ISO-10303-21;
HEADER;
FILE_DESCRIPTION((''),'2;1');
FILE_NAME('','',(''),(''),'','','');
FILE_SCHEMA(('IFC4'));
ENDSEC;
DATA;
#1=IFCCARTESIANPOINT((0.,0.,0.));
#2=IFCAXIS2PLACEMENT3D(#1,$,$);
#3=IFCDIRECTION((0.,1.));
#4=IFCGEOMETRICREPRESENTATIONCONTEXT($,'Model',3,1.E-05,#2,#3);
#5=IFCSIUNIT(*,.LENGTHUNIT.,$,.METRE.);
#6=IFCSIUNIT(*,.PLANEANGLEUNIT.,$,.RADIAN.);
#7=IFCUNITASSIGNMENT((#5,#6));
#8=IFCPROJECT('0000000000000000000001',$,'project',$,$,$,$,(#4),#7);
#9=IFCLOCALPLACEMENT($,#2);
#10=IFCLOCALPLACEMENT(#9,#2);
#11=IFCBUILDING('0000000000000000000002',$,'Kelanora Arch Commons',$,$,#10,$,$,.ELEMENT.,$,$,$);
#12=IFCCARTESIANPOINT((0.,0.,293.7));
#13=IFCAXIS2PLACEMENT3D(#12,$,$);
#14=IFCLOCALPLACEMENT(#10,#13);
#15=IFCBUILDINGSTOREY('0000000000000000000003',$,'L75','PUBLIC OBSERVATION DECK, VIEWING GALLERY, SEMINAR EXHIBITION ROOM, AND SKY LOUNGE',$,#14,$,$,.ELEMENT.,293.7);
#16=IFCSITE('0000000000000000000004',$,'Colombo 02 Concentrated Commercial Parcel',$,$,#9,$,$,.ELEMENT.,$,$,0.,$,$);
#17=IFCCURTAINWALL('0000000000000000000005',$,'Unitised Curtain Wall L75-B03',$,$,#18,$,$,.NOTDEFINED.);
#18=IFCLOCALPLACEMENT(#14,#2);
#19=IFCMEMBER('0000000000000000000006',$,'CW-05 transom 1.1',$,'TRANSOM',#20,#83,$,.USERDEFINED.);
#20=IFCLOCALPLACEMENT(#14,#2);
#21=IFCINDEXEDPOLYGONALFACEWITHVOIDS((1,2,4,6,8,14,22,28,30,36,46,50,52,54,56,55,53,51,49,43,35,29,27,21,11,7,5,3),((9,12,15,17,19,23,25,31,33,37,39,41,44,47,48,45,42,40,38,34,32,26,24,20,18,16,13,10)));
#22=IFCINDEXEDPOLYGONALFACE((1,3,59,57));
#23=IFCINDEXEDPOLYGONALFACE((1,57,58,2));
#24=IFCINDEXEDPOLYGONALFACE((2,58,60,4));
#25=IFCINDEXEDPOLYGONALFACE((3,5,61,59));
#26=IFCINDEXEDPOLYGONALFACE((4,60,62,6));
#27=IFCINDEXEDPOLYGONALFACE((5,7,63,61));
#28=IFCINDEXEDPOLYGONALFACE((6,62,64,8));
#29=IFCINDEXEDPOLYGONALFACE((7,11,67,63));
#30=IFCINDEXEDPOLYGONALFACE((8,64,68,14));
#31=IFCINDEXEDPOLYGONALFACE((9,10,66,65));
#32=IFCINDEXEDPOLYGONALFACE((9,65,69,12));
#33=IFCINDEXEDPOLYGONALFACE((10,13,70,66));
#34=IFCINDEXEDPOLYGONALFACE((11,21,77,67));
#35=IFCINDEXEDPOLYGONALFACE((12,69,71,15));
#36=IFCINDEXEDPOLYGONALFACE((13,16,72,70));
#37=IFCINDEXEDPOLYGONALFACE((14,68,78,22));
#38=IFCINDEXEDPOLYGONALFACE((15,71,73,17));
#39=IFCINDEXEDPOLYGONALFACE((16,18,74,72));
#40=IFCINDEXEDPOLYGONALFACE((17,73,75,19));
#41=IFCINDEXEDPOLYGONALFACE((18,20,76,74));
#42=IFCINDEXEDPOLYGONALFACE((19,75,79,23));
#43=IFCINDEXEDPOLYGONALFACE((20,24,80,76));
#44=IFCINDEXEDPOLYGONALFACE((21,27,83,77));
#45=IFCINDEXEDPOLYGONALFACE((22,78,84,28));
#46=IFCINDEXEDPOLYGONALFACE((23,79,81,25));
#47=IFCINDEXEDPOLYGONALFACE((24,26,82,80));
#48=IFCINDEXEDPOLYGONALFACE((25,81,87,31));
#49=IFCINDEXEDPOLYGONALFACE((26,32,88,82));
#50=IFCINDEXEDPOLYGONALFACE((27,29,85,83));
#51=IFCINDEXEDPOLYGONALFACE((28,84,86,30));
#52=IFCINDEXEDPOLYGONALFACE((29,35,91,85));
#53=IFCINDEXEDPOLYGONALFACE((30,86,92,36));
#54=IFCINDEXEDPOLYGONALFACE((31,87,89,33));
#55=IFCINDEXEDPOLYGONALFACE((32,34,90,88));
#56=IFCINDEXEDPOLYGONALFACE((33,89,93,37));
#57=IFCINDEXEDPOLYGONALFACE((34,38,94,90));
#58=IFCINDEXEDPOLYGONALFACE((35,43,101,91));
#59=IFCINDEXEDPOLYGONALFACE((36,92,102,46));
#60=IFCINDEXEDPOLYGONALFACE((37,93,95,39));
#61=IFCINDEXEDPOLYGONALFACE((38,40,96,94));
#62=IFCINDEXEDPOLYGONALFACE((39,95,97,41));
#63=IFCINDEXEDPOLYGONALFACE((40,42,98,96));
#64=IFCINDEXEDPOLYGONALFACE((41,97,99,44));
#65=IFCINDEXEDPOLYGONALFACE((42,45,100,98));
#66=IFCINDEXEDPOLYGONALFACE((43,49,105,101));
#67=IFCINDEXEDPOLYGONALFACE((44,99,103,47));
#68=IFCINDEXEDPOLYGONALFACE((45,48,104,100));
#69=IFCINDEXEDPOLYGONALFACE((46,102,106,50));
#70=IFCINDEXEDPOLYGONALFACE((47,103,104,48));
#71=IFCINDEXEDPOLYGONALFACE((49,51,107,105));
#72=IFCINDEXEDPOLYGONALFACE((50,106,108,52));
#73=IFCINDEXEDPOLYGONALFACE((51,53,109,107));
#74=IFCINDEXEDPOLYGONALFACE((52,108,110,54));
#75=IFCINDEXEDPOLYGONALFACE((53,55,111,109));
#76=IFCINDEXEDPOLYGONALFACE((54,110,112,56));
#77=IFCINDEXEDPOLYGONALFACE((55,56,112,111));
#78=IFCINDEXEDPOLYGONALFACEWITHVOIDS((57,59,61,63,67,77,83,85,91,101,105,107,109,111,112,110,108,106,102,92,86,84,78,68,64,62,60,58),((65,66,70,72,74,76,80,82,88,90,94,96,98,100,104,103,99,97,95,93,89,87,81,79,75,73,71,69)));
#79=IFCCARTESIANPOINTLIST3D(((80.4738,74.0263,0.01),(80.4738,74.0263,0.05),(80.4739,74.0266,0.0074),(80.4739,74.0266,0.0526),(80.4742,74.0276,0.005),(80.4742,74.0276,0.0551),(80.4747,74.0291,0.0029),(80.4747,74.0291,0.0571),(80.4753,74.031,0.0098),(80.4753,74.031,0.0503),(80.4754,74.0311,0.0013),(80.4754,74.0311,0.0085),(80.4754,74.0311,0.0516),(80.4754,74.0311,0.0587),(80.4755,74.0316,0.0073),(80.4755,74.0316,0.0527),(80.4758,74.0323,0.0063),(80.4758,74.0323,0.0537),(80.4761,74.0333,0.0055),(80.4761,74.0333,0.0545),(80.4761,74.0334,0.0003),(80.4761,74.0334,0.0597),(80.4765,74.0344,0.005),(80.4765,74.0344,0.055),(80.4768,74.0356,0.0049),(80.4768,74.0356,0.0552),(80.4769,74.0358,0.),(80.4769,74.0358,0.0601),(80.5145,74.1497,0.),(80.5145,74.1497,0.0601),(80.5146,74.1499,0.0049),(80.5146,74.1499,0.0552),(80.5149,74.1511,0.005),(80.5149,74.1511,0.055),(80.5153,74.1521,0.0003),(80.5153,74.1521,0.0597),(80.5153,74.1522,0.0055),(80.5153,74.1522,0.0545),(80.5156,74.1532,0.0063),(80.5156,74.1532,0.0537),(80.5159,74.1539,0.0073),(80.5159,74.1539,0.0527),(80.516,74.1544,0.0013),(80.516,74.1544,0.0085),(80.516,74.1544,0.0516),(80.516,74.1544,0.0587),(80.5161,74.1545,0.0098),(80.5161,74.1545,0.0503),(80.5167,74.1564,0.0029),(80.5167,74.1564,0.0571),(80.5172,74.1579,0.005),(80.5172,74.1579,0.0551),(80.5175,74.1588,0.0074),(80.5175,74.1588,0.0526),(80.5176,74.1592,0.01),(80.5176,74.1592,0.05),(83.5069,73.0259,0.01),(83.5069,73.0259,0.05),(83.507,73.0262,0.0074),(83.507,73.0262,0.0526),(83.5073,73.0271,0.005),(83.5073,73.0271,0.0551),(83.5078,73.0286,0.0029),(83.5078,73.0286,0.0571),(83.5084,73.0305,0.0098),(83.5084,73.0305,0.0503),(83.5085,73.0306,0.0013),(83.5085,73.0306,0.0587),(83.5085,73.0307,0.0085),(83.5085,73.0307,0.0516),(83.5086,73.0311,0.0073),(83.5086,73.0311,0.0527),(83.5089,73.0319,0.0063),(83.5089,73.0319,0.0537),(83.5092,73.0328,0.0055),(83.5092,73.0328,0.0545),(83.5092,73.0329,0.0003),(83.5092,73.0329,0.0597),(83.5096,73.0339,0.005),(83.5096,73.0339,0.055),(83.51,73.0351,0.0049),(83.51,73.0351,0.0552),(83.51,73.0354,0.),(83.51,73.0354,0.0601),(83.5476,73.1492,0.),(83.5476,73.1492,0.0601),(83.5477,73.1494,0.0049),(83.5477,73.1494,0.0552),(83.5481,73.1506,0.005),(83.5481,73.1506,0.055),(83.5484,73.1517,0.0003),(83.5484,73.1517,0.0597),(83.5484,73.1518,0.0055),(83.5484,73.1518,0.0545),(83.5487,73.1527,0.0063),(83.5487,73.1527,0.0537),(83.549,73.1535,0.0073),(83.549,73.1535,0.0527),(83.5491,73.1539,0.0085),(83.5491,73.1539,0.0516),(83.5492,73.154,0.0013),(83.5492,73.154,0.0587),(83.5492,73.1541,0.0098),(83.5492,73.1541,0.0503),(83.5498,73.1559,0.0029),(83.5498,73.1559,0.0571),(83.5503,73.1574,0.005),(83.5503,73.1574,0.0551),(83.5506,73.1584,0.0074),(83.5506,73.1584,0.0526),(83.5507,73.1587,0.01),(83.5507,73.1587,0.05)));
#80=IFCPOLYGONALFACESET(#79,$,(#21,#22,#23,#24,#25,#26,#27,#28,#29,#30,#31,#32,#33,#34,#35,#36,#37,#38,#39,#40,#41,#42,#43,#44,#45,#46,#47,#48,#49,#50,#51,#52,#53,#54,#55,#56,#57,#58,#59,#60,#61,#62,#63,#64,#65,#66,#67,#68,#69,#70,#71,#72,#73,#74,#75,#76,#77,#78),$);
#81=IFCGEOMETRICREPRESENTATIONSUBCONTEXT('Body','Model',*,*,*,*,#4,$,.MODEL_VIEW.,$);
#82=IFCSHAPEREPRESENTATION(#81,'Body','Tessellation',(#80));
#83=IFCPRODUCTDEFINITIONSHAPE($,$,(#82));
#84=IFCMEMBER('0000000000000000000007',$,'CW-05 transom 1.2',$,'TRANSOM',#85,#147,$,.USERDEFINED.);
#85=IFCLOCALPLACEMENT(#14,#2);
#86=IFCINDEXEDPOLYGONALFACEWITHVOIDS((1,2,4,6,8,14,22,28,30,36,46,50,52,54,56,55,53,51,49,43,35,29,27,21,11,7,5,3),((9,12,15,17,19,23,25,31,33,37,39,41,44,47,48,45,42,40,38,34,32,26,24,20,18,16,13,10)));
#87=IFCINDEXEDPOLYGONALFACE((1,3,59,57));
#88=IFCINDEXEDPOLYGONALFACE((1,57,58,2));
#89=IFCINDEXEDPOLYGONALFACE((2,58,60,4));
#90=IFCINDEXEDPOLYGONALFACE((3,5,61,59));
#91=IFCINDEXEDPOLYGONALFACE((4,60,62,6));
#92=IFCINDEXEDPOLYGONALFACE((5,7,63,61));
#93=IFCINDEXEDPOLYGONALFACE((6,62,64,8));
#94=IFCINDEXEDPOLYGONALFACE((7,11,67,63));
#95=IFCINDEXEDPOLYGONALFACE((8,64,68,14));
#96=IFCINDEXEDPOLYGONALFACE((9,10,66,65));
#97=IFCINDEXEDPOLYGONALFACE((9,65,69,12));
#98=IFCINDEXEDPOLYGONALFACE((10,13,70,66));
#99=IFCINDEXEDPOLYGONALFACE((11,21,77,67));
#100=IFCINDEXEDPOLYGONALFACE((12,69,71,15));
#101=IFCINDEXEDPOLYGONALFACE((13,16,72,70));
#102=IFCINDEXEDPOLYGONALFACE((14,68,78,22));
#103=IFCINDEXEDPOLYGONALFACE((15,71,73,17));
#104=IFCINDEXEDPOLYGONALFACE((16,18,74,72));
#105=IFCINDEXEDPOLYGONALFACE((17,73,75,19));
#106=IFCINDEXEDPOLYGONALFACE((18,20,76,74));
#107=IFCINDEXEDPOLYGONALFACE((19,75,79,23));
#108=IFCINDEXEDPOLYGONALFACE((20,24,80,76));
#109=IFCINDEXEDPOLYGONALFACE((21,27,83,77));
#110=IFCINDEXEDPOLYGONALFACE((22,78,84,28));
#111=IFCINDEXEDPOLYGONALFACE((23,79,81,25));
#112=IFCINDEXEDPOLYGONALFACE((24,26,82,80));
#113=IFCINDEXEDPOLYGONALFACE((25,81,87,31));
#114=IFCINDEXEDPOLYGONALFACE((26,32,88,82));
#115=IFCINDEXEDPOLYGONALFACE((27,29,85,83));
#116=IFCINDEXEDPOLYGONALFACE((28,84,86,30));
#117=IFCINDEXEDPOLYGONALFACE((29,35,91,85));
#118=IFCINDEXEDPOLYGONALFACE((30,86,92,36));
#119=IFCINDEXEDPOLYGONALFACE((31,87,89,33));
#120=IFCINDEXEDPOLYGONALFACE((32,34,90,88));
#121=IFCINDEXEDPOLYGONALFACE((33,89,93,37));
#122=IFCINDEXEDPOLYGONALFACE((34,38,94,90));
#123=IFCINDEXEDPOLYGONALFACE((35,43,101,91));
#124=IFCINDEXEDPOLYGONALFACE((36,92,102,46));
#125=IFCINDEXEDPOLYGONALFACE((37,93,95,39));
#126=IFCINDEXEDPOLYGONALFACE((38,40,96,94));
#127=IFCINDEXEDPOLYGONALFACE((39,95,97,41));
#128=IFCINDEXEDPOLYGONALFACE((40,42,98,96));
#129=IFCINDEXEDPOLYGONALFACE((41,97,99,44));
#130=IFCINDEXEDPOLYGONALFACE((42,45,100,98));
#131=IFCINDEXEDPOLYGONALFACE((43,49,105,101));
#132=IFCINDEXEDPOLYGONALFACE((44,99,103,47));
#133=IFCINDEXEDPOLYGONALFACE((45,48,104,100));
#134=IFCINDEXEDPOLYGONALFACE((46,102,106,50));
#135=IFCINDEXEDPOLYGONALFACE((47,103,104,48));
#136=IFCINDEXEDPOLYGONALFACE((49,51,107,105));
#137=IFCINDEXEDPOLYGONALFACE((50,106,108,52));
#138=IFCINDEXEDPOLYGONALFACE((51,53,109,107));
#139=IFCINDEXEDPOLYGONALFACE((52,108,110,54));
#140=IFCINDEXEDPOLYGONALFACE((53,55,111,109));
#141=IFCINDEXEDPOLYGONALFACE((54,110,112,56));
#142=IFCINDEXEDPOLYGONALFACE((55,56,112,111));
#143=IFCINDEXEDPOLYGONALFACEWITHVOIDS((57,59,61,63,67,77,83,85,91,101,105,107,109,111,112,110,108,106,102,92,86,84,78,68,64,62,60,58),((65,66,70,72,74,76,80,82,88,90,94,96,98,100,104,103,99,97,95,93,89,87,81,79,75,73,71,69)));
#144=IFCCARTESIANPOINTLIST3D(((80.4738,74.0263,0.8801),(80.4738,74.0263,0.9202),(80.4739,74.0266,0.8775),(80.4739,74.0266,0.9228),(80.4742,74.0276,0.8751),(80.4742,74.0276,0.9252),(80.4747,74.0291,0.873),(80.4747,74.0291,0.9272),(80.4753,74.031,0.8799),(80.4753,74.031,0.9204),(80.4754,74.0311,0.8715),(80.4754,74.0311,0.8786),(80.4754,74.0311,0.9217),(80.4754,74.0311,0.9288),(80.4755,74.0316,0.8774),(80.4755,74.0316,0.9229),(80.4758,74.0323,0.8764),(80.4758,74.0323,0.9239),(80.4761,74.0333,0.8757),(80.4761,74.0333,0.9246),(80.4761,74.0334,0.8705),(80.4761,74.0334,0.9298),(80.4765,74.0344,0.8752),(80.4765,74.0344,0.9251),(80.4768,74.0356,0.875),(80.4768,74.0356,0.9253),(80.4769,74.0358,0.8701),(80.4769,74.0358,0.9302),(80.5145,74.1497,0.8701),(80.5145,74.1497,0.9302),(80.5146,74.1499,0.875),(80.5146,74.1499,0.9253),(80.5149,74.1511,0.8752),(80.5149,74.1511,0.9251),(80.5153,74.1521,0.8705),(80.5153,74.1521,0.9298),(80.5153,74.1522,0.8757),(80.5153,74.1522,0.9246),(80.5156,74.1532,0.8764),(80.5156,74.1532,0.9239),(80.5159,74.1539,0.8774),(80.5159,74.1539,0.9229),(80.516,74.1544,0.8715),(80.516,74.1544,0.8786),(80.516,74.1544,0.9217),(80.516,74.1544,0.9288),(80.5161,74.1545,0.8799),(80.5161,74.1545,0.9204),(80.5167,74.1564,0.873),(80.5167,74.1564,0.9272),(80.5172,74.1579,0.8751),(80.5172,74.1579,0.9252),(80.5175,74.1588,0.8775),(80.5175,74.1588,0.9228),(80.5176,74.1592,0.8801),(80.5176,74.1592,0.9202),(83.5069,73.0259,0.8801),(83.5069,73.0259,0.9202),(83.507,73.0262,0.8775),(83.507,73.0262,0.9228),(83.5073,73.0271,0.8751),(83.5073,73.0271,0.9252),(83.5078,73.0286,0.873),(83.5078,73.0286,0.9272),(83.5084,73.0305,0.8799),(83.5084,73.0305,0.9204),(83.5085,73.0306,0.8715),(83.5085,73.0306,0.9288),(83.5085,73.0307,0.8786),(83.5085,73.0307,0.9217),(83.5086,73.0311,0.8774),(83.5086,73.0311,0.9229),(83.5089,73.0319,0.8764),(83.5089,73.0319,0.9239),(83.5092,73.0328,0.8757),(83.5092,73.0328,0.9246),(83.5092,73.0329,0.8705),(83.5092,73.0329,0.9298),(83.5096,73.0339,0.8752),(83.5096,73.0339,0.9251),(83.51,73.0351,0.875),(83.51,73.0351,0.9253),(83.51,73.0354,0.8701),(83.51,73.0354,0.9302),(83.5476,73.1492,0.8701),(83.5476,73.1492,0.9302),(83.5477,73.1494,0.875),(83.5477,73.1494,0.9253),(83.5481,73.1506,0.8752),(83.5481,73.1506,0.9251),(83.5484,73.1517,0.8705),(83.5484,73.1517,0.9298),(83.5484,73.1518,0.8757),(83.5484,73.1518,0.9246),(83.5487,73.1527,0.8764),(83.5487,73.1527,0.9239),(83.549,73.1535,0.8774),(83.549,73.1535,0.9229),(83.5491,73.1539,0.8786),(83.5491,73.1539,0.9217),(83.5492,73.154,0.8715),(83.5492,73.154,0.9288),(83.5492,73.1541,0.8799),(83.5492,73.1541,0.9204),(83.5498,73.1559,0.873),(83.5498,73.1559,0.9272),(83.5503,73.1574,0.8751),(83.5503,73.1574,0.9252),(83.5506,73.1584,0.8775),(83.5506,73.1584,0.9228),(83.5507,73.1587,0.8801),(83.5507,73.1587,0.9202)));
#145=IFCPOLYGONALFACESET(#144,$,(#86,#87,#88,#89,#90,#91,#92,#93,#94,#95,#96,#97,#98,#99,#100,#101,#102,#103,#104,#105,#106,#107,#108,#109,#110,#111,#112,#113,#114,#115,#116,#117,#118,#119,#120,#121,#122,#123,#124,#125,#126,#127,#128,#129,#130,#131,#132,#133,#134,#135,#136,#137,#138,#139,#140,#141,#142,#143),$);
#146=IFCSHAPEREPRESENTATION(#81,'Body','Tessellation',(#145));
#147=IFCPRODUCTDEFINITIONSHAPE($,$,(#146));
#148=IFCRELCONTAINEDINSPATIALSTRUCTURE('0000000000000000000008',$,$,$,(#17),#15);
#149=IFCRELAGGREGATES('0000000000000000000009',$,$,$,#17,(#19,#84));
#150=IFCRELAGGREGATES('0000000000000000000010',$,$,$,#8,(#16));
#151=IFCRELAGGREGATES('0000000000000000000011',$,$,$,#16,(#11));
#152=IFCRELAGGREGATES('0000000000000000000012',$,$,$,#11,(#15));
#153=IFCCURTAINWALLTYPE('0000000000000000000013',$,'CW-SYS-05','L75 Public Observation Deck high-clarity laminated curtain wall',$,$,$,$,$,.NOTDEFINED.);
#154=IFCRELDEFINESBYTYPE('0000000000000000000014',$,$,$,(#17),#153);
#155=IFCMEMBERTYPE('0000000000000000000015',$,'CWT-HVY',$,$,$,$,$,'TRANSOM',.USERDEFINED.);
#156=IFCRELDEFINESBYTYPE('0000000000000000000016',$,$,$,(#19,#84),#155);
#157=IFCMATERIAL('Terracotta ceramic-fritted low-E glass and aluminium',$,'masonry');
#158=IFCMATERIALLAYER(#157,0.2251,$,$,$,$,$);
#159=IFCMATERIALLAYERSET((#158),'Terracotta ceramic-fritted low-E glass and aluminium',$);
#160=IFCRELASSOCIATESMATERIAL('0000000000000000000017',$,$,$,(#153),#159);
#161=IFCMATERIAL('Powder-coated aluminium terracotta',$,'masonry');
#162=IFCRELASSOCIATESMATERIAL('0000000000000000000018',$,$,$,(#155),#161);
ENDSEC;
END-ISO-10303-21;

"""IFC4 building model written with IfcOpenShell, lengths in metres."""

from ifc_helpers import new_model, si_unit, direction, frame, origin, origin_2d, place, context, subcontext, project, spatial, hollow_rectangle, extrude, material, layer, layer_set, material_profile, profile_set, type_object, element, aggregate, save


model = new_model("IFC4")

# Units and contexts
model_context = context("Model", 3, precision=1e-05, world=origin(), true_north=direction((0.0, 1.0)))
body_context = subcontext(model_context, "Body", "Model", "MODEL_VIEW")
ifc_project = project(units=[si_unit("LENGTHUNIT", "METRE"), si_unit("PLANEANGLEUNIT", "RADIAN")], contexts=[model_context])

# Site, building, storey
site_placement = place(None, origin())
site = spatial("IfcSite", under=ifc_project, at=site_placement, Name="Colombo 02 Concentrated Commercial Parcel", CompositionType="ELEMENT", RefElevation=0.0)
building_placement = place(site_placement, origin())
building = spatial("IfcBuilding", under=site, at=building_placement, Name="Kelanora Arch Commons", CompositionType="ELEMENT")
storey_placement = place(building_placement, frame((0.0, 0.0, 293.7)))
storey = spatial("IfcBuildingStorey", under=building, at=storey_placement, Name="L75", Description="PUBLIC OBSERVATION DECK, VIEWING GALLERY, SEMINAR EXHIBITION ROOM, AND SKY LOUNGE", CompositionType="ELEMENT", Elevation=293.7)

# Shared definitions
ifc_material_1 = material(Name="Terracotta ceramic-fritted low-E glass and aluminium", Category="masonry")
ifc_layer_1 = layer(ifc_material_1, 0.2251)
ifc_layer_set_1 = layer_set([ifc_layer_1], Name="Terracotta ceramic-fritted low-E glass and aluminium")
curtain_wall_type = type_object("IfcCurtainWallType", Name="CW-SYS-05", Description="L75 Public Observation Deck high-clarity laminated curtain wall", PredefinedType="NOTDEFINED", material=ifc_layer_set_1)
ifc_material_2 = material(Name="Powder-coated aluminium terracotta", Category="masonry")

# Curtain wall
curtain_wall_1_placement = place(storey_placement, origin())
curtain_wall_1 = element("IfcCurtainWall", 1, at=curtain_wall_1_placement, inside=storey, type_object=curtain_wall_type, Name="Unitised Curtain Wall L75-B03", PredefinedType="NOTDEFINED")

# Members
ifc_material_profile_1 = material_profile(ifc_material_2, hollow_rectangle(XDim=0.1399, YDim=0.0601, WallThickness=0.0049, InnerFilletRadius=0.0049, OuterFilletRadius=0.01, at=origin_2d()), Name="CWT140x60")
ifc_profile_set_1 = profile_set([ifc_material_profile_1], Name="Powder-coated aluminium terracotta")
member_type_1 = type_object("IfcMemberType", Name="CWT-HVY", ElementType="TRANSOM", PredefinedType="USERDEFINED", material=ifc_profile_set_1)
member_1_placement = place(storey_placement, frame((83.5288, 73.0923, 0.03), z_axis=(-0.949672, 0.313245, 0.0), x_axis=(-0.313245, -0.949672, 0.0)))
member_1 = element("IfcMember", 2, at=member_1_placement, type_object=member_type_1, Name="CW-05 transom 1.1", ObjectType="TRANSOM", PredefinedType="USERDEFINED", context=body_context, shape_type="SweptSolid", body=[
    extrude(hollow_rectangle(XDim=0.1399, YDim=0.0601, WallThickness=0.0049, InnerFilletRadius=0.0049, OuterFilletRadius=0.01, at=origin_2d()), origin(), (0.0, 0.0, 1.0), 3.1938),
])
member_2_placement = place(storey_placement, frame((83.5288, 73.0923, 0.9001), z_axis=(-0.949672, 0.313245, 0.0), x_axis=(-0.313245, -0.949672, 0.0)))
member_2 = element("IfcMember", 3, at=member_2_placement, type_object=member_type_1, Name="CW-05 transom 1.2", ObjectType="TRANSOM", PredefinedType="USERDEFINED", context=body_context, shape_type="SweptSolid", body=[
    extrude(hollow_rectangle(XDim=0.1399, YDim=0.0601, WallThickness=0.0049, InnerFilletRadius=0.0049, OuterFilletRadius=0.01, at=origin_2d()), origin(), (0.0, 0.0, 1.0), 3.1938),
])
aggregate(curtain_wall_1, [member_1, member_2])

save(model, "model.ifc")
